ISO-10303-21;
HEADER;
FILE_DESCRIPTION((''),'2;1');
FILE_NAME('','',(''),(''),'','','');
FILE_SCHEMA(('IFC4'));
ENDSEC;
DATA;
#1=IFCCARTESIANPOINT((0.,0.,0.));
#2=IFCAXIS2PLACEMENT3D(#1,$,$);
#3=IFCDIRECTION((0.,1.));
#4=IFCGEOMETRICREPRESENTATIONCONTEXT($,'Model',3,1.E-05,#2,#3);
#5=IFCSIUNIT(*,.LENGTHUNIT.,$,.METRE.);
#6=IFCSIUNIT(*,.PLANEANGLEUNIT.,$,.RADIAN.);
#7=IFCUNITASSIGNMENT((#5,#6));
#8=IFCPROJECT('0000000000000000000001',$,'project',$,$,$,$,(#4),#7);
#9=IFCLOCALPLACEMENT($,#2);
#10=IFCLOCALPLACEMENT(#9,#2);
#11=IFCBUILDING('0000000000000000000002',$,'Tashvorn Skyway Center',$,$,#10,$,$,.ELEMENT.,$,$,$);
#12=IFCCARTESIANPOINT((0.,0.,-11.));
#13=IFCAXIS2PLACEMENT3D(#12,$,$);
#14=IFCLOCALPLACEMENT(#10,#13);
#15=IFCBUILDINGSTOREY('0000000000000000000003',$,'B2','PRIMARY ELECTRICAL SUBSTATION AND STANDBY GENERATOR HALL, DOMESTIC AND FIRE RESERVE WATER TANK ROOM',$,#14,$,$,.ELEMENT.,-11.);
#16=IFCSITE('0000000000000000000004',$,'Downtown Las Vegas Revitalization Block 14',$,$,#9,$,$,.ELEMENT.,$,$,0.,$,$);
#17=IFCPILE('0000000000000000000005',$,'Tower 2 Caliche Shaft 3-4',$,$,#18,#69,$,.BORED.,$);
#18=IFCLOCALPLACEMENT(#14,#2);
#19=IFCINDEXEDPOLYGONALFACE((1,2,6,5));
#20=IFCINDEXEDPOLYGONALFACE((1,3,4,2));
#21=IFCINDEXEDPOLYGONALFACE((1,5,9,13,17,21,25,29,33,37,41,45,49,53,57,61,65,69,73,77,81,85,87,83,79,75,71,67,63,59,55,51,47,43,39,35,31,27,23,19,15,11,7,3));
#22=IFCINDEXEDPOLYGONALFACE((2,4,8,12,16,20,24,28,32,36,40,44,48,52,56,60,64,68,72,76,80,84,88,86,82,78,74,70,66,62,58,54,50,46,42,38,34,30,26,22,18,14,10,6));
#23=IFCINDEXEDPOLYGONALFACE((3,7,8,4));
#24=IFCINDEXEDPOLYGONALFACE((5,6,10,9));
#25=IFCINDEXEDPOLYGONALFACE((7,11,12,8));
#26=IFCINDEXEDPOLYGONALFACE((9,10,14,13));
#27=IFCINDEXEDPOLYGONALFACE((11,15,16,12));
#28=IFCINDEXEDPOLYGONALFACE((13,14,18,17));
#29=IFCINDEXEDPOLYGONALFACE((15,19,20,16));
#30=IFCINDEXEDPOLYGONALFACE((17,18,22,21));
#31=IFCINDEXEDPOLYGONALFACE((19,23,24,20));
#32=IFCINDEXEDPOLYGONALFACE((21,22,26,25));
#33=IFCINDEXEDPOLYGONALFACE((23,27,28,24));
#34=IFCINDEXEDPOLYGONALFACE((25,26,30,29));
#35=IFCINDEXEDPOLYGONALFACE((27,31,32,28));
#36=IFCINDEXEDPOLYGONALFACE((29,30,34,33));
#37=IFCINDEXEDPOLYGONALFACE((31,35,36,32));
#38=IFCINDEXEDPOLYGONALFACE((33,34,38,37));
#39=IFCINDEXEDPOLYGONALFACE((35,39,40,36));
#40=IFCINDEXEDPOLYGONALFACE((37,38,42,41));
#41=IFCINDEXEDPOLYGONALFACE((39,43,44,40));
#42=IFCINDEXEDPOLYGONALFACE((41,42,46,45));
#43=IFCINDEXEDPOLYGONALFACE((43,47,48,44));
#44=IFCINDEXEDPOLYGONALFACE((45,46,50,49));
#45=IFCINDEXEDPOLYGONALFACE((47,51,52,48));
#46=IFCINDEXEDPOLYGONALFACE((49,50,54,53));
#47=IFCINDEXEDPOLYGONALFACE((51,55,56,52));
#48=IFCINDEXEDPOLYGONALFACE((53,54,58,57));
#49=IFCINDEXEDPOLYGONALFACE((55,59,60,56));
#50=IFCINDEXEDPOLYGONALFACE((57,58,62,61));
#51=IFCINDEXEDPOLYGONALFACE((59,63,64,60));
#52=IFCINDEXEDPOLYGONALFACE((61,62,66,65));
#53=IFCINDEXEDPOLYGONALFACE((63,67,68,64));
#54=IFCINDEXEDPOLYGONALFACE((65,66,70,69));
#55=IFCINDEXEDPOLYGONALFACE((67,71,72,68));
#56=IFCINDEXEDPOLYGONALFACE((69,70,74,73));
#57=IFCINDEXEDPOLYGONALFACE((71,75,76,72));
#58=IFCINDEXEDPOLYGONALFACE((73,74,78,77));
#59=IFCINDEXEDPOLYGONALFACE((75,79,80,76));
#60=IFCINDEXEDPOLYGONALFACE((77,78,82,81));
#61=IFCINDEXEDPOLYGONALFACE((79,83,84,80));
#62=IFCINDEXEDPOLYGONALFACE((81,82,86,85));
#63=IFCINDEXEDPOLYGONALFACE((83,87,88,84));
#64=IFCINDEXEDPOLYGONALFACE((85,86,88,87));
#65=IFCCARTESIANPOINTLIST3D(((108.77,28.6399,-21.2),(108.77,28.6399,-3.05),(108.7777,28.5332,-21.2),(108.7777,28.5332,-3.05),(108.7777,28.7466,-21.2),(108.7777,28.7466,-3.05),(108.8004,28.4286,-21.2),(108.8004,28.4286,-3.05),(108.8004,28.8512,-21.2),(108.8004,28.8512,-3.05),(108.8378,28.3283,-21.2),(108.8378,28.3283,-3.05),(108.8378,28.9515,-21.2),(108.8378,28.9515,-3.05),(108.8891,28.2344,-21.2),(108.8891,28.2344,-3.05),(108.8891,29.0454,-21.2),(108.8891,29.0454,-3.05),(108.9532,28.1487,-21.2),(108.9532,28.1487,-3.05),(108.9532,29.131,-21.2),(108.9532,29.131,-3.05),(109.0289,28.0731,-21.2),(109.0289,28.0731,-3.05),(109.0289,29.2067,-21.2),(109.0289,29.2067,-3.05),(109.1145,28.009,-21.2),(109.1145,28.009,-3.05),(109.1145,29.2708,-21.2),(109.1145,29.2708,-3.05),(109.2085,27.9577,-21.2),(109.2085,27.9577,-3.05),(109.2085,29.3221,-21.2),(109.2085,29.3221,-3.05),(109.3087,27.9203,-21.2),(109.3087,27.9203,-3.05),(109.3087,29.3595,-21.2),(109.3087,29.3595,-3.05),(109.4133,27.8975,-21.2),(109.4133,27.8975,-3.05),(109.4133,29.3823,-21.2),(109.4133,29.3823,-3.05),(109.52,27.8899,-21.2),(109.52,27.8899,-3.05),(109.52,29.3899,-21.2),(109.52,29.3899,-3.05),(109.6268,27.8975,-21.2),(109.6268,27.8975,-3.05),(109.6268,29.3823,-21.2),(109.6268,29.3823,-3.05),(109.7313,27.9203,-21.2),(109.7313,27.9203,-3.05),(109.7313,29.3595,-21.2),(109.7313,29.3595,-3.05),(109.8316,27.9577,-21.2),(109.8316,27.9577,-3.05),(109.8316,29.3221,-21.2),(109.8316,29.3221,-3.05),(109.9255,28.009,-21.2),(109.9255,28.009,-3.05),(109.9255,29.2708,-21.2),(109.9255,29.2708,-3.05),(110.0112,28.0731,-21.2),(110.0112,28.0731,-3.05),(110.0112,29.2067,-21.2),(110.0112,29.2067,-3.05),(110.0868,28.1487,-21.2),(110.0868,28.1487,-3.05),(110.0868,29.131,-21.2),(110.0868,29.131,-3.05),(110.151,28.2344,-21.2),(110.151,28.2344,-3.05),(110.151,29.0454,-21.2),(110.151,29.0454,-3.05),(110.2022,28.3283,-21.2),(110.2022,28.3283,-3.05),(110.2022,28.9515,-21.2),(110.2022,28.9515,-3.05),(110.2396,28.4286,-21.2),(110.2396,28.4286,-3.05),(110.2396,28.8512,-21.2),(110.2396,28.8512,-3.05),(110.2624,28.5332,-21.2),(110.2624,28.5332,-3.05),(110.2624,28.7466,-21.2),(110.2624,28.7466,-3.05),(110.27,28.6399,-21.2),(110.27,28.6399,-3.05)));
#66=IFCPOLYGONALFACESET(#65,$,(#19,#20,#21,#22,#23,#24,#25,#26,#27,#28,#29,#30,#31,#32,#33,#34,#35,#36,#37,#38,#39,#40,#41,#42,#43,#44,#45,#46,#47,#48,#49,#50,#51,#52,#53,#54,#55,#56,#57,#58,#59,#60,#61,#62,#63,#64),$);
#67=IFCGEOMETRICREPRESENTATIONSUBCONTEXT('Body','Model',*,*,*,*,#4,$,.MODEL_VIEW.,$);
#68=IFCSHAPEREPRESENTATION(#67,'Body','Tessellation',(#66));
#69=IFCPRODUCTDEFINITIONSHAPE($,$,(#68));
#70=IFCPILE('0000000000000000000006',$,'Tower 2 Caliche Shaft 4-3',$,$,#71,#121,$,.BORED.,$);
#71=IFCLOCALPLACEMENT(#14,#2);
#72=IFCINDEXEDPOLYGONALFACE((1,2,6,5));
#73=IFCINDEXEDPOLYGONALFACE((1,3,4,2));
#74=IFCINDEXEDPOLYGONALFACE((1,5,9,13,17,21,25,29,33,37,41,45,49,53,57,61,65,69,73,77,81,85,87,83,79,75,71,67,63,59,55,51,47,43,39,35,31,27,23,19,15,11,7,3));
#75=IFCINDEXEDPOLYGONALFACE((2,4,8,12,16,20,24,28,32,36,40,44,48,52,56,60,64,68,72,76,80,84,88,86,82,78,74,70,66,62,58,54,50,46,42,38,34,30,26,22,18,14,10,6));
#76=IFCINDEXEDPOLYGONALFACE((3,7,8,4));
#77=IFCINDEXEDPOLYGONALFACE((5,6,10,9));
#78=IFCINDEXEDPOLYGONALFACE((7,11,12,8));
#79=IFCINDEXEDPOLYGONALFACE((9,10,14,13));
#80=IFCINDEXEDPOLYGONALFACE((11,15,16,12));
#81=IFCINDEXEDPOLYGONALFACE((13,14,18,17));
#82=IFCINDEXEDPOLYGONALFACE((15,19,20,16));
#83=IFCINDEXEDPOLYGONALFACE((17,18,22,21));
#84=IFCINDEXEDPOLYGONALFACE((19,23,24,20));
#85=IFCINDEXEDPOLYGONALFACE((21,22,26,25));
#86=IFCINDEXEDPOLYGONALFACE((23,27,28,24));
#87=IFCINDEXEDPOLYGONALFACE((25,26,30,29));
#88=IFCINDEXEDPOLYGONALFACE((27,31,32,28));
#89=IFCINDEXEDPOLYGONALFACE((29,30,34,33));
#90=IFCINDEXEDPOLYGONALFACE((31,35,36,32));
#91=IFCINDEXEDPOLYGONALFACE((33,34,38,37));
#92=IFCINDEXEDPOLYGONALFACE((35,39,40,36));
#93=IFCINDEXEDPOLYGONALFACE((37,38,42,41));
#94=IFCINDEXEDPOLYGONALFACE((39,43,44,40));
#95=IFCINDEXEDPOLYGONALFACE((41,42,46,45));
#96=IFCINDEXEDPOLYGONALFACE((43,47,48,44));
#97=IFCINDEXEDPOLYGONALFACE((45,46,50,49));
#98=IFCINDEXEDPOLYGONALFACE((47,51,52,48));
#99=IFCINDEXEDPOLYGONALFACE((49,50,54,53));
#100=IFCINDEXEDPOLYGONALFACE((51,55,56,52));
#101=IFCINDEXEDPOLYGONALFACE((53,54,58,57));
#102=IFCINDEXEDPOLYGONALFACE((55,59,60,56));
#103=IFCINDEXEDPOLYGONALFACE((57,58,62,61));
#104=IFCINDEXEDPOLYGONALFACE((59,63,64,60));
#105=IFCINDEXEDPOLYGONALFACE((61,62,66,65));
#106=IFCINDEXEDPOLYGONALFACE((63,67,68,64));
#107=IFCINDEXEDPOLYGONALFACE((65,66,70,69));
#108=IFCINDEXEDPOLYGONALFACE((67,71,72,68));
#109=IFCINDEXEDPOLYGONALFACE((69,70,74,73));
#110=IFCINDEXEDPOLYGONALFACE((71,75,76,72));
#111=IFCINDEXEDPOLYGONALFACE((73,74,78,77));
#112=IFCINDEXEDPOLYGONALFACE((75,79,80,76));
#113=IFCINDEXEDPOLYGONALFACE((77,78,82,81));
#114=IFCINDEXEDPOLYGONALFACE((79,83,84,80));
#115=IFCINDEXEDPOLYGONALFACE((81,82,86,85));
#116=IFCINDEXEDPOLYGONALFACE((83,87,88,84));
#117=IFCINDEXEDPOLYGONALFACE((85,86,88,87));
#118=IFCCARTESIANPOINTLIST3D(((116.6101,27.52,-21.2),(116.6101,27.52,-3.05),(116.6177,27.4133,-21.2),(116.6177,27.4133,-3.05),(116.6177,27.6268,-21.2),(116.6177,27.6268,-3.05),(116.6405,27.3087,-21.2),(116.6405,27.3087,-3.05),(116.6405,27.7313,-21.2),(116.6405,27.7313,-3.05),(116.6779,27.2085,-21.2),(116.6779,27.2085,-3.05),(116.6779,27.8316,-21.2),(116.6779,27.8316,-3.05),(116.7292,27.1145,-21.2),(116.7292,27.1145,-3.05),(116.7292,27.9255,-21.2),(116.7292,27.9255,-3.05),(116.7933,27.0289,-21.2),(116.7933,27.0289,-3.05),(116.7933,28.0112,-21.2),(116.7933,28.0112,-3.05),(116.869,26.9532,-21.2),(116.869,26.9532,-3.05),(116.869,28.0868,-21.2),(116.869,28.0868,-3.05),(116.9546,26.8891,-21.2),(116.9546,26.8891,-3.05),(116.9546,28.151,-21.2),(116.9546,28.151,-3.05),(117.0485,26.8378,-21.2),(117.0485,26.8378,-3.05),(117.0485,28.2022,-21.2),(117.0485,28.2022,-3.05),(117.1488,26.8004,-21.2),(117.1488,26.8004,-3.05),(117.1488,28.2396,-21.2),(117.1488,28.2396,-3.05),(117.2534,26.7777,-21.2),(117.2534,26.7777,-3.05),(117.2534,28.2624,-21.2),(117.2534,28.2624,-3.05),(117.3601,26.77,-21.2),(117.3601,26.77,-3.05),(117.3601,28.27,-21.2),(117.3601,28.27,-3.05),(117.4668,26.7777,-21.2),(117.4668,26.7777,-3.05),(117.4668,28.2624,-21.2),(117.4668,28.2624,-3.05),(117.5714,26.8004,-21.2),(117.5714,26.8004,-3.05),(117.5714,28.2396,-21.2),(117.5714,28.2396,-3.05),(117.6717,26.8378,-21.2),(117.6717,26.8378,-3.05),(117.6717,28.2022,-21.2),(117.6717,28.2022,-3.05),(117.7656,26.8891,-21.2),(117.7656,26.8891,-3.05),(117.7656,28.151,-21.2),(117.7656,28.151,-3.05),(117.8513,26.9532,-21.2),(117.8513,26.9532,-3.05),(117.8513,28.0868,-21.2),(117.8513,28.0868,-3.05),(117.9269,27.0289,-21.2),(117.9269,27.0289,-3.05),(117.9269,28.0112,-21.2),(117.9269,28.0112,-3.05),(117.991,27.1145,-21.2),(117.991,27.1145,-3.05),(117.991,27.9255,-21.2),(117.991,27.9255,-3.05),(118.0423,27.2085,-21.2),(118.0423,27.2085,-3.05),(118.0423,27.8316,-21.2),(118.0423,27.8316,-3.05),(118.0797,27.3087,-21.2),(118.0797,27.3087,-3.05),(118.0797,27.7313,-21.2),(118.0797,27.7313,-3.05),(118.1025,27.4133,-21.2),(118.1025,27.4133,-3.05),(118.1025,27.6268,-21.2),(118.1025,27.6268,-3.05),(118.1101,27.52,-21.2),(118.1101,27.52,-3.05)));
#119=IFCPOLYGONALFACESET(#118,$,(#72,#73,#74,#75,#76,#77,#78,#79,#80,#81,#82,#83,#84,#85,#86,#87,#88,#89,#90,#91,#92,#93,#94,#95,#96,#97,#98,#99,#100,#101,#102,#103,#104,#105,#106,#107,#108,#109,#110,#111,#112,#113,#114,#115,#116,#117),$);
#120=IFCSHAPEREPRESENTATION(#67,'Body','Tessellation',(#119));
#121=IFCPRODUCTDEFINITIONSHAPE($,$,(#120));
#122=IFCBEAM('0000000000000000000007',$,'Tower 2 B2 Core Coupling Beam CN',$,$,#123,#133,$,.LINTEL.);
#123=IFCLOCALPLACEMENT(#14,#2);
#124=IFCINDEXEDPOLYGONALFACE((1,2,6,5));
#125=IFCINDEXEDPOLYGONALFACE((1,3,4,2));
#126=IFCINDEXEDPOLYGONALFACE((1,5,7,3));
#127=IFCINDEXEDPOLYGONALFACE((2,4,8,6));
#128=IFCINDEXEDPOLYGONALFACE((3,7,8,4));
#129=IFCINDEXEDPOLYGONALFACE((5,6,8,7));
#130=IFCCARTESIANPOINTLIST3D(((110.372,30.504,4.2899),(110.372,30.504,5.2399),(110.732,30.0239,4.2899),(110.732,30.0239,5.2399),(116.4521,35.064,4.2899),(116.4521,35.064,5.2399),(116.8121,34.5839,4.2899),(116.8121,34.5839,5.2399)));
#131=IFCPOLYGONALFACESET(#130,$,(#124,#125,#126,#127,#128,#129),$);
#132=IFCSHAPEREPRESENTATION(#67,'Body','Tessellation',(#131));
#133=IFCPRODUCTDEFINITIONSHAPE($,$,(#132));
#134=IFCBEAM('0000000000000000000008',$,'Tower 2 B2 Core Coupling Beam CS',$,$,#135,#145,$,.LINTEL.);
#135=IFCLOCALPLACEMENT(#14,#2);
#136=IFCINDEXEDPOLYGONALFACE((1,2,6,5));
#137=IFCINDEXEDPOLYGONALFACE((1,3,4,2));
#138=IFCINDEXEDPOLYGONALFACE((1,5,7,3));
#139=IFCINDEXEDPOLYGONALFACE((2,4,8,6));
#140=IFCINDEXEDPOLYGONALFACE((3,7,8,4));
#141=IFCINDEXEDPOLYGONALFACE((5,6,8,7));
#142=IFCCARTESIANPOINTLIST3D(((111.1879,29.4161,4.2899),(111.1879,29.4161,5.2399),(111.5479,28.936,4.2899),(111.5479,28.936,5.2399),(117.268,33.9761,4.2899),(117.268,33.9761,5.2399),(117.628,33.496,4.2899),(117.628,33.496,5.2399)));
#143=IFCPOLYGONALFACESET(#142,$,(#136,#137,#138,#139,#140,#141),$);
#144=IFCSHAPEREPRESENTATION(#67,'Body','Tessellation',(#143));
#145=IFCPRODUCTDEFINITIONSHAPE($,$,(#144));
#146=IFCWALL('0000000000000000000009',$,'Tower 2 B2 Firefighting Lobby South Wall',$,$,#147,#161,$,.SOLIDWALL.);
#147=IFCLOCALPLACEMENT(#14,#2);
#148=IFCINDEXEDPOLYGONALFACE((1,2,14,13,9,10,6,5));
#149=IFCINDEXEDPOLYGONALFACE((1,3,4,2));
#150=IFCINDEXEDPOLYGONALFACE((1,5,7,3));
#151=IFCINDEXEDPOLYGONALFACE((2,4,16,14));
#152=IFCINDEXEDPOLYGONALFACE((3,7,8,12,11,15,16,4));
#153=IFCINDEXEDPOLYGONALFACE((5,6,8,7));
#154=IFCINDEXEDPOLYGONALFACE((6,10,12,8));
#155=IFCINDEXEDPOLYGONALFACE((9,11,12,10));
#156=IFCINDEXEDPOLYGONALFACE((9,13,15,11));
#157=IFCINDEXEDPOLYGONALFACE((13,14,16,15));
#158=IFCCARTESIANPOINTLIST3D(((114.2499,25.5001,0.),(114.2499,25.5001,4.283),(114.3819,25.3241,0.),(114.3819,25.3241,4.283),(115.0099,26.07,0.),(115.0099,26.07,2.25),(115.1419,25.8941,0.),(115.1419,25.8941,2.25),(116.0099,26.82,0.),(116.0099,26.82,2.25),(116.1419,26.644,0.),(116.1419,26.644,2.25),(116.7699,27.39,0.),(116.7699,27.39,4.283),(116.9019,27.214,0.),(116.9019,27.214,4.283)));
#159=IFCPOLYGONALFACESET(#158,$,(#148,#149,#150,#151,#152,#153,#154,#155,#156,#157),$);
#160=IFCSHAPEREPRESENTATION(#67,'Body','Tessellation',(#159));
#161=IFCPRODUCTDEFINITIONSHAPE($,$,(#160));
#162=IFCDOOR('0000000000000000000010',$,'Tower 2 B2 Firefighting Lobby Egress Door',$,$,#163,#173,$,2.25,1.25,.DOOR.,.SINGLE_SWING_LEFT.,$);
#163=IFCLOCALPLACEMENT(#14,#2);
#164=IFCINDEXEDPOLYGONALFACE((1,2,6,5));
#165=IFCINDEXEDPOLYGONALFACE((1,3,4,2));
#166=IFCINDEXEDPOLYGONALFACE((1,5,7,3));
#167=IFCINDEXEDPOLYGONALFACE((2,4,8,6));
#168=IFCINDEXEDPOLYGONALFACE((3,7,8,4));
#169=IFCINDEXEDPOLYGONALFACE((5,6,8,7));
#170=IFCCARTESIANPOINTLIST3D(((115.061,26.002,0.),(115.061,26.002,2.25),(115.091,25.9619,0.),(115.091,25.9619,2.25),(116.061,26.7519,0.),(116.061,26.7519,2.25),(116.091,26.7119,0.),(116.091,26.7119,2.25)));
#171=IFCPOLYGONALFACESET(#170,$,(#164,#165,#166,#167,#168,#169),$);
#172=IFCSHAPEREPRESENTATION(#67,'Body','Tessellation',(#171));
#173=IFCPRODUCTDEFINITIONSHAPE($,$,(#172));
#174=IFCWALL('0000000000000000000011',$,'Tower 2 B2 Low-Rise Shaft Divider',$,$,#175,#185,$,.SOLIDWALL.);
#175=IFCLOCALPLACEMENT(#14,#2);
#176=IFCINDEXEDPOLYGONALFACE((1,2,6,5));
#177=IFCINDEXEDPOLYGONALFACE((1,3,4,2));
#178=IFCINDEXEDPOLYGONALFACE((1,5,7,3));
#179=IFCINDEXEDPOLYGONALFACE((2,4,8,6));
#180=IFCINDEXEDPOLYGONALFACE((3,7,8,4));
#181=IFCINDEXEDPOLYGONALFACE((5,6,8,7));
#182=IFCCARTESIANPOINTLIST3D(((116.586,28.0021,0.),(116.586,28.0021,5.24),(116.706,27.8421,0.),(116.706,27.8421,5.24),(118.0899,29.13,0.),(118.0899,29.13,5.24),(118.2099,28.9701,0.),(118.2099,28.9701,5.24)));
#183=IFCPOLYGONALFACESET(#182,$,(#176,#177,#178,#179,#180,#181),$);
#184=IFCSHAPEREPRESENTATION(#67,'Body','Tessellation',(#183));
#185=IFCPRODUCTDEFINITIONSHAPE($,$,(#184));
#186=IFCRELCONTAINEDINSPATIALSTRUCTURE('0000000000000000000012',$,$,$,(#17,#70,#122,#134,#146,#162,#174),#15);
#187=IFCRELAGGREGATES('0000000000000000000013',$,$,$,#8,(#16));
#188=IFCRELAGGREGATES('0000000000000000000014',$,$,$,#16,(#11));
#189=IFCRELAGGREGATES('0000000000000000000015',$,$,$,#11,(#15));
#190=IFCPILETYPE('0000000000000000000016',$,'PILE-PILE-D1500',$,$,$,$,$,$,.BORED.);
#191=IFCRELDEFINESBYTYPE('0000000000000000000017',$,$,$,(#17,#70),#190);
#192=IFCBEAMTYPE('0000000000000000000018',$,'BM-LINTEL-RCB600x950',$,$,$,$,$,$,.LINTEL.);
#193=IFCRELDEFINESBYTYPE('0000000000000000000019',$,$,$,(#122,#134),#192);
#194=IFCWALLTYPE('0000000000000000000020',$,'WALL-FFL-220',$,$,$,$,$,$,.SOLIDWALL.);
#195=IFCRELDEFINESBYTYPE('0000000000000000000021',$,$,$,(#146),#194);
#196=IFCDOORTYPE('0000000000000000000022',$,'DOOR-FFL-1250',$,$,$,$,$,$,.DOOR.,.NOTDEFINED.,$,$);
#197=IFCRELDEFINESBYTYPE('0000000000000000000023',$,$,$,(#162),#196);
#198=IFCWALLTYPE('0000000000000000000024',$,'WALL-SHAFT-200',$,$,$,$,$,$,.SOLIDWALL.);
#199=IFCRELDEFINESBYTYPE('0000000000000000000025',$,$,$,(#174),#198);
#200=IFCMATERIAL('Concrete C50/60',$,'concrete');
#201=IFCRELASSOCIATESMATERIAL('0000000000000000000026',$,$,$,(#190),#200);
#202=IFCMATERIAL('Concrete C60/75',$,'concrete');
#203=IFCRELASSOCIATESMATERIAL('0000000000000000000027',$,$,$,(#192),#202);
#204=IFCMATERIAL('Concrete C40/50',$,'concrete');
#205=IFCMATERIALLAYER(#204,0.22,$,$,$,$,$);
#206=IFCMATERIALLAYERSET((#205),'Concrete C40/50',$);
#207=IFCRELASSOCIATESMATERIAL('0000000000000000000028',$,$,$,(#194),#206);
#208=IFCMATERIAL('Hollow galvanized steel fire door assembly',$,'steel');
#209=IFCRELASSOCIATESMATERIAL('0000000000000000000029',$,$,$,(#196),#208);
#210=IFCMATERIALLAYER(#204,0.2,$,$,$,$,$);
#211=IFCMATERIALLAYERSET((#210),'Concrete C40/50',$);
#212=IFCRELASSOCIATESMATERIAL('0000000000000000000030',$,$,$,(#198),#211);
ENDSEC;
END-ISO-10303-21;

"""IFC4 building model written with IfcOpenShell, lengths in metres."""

from ifc_helpers import new_model, si_unit, direction, frame, frame_2d, origin, origin_2d, place, context, subcontext, project, spatial, rectangle, circle, extrude, material, layer, layer_set, material_profile, profile_set, type_object, element, fill, save


model = new_model("IFC4")

# Units and contexts
model_context = context("Model", 3, precision=1e-05, world=origin(), true_north=direction((0.0, 1.0)))
body_context = subcontext(model_context, "Body", "Model", "MODEL_VIEW")
ifc_project = project(units=[si_unit("LENGTHUNIT", "METRE"), si_unit("PLANEANGLEUNIT", "RADIAN")], contexts=[model_context])

# Site, building, storey
site_placement = place(None, origin())
site = spatial("IfcSite", under=ifc_project, at=site_placement, Name="Downtown Las Vegas Revitalization Block 14", CompositionType="ELEMENT", RefElevation=0.0)
building_placement = place(site_placement, origin())
building = spatial("IfcBuilding", under=site, at=building_placement, Name="Tashvorn Skyway Center", CompositionType="ELEMENT")
storey_placement = place(building_placement, frame((0.0, 0.0, -11.0)))
storey = spatial("IfcBuildingStorey", under=building, at=storey_placement, Name="B2", Description="PRIMARY ELECTRICAL SUBSTATION AND STANDBY GENERATOR HALL, DOMESTIC AND FIRE RESERVE WATER TANK ROOM", CompositionType="ELEMENT", Elevation=-11.0)

# Piles
ifc_material_1 = material(Name="Concrete C50/60", Category="concrete")
ifc_material_profile_1 = material_profile(ifc_material_1, circle(Radius=0.75, at=origin_2d()), Name="PILE-D1500")
ifc_profile_set_1 = profile_set([ifc_material_profile_1], Name="Concrete C50/60")
pile_type = type_object("IfcPileType", Name="PILE-PILE-D1500", PredefinedType="BORED", material=ifc_profile_set_1)
for number, where, z_axis, x_axis, name in (
    (1, (109.52, 28.6399, -3.05), (0.0, 0.0, -1.0), (1.0, 0.0, 0.0), "Tower 2 Caliche Shaft 3-4"),
    (2, (117.3601, 27.52, -3.05), (0.0, 0.0, -1.0), (1.0, 0.0, 0.0), "Tower 2 Caliche Shaft 4-3"),
):
    element("IfcPile", number, at=place(storey_placement, frame(where, z_axis=z_axis, x_axis=x_axis)), inside=storey, type_object=pile_type, Name=name, PredefinedType="BORED", context=body_context, shape_type="SweptSolid", body=[
        extrude(circle(Radius=0.75, at=origin_2d()), origin(), (0.0, 0.0, 1.0), 18.1499),
    ])

# Beams
ifc_material_2 = material(Name="Concrete C60/75", Category="concrete")
ifc_material_profile_2 = material_profile(ifc_material_2, rectangle(XDim=0.6001, YDim=0.95, at=origin_2d()), Name="RCB600x950")
ifc_profile_set_2 = profile_set([ifc_material_profile_2], Name="Concrete C60/75")
beam_type = type_object("IfcBeamType", Name="BM-LINTEL-RCB600x950", PredefinedType="LINTEL", material=ifc_profile_set_2)
for number, where, z_axis, x_axis, name in (
    (3, (110.552, 30.2639, 4.7649), (0.8, 0.6, 0.0), (-0.6, 0.8, 0.0), "Tower 2 B2 Core Coupling Beam CN"),
    (4, (111.3679, 29.176, 4.7649), (0.8, 0.6, 0.0), (-0.6, 0.8, 0.0), "Tower 2 B2 Core Coupling Beam CS"),
):
    element("IfcBeam", number, at=place(storey_placement, frame(where, z_axis=z_axis, x_axis=x_axis)), inside=storey, type_object=beam_type, Name=name, PredefinedType="LINTEL", context=body_context, shape_type="SweptSolid", body=[
        extrude(rectangle(XDim=0.6001, YDim=0.95, at=origin_2d()), origin(), (0.0, 0.0, 1.0), 7.6001),
    ])

# Wall, opening, door
ifc_material_3 = material(Name="Concrete C40/50", Category="concrete")
ifc_layer_1 = layer(ifc_material_3, 0.22)
ifc_layer_set_1 = layer_set([ifc_layer_1], Name="Concrete C40/50")
wall_type_1 = type_object("IfcWallType", Name="WALL-FFL-220", PredefinedType="SOLIDWALL", material=ifc_layer_set_1)
wall_1_placement = place(storey_placement, frame((114.3159, 25.4121, 0.0), z_axis=(0.0, 0.0, 1.0), x_axis=(0.800019, 0.599975, 0.0)))
wall_1 = element("IfcWall", 5, at=wall_1_placement, inside=storey, type_object=wall_type_1, Name="Tower 2 B2 Firefighting Lobby South Wall", PredefinedType="SOLIDWALL", context=body_context, shape_type="SweptSolid", body=[
    extrude(rectangle(XDim=3.1499, YDim=0.22, at=frame_2d((1.575, 0.0))), origin(), (0.0, 0.0, 1.0), 4.283),
])
opening_1_placement = place(wall_1_placement, frame((0.95, 0.0, 0.0)))
opening_1 = element("IfcOpeningElement", 6, at=opening_1_placement, cuts=wall_1, PredefinedType="OPENING", context=body_context, shape_type="SweptSolid", body=[
    extrude(rectangle(XDim=1.25, YDim=2.25, at=frame_2d((0.625, 1.125))), frame((0.0, 0.1199, 0.0), z_axis=(0.0, -1.0, 0.0), x_axis=(1.0, 0.0, 0.0)), (0.0, 0.0, 1.0), 0.24),
])
ifc_material_4 = material(Name="Hollow galvanized steel fire door assembly", Category="steel")
door_type_1 = type_object("IfcDoorType", Name="DOOR-FFL-1250", OperationType="NOTDEFINED", PredefinedType="DOOR", material=ifc_material_4)
door_1_placement = place(opening_1_placement, origin())
door_1 = element("IfcDoor", 7, at=door_1_placement, inside=storey, type_object=door_type_1, Name="Tower 2 B2 Firefighting Lobby Egress Door", OperationType="SINGLE_SWING_LEFT", OverallHeight=2.25, OverallWidth=1.25, PredefinedType="DOOR", context=body_context, shape_type="SweptSolid", body=[
    extrude(rectangle(XDim=1.25, YDim=2.25, at=frame_2d((0.625, 1.125))), frame((0.0, 0.0249, 0.0), z_axis=(0.0, -1.0, 0.0), x_axis=(1.0, 0.0, 0.0)), (0.0, 0.0, 1.0), 0.05),
])
fill(opening_1, door_1)

# Wall
ifc_layer_2 = layer(ifc_material_3, 0.2)
ifc_layer_set_2 = layer_set([ifc_layer_2], Name="Concrete C40/50")
wall_type_2 = type_object("IfcWallType", Name="WALL-SHAFT-200", PredefinedType="SOLIDWALL", material=ifc_layer_set_2)
wall_2_placement = place(storey_placement, frame((116.646, 27.9221, 0.0), z_axis=(0.0, 0.0, 1.0), x_axis=(0.8, 0.6, 0.0)))
element("IfcWall", 8, at=wall_2_placement, inside=storey, type_object=wall_type_2, Name="Tower 2 B2 Low-Rise Shaft Divider", PredefinedType="SOLIDWALL", context=body_context, shape_type="SweptSolid", body=[
    extrude(rectangle(XDim=1.8799, YDim=0.2, at=frame_2d((0.9399, 0.0))), origin(), (0.0, 0.0, 1.0), 5.24),
])

save(model, "model.ifc")
